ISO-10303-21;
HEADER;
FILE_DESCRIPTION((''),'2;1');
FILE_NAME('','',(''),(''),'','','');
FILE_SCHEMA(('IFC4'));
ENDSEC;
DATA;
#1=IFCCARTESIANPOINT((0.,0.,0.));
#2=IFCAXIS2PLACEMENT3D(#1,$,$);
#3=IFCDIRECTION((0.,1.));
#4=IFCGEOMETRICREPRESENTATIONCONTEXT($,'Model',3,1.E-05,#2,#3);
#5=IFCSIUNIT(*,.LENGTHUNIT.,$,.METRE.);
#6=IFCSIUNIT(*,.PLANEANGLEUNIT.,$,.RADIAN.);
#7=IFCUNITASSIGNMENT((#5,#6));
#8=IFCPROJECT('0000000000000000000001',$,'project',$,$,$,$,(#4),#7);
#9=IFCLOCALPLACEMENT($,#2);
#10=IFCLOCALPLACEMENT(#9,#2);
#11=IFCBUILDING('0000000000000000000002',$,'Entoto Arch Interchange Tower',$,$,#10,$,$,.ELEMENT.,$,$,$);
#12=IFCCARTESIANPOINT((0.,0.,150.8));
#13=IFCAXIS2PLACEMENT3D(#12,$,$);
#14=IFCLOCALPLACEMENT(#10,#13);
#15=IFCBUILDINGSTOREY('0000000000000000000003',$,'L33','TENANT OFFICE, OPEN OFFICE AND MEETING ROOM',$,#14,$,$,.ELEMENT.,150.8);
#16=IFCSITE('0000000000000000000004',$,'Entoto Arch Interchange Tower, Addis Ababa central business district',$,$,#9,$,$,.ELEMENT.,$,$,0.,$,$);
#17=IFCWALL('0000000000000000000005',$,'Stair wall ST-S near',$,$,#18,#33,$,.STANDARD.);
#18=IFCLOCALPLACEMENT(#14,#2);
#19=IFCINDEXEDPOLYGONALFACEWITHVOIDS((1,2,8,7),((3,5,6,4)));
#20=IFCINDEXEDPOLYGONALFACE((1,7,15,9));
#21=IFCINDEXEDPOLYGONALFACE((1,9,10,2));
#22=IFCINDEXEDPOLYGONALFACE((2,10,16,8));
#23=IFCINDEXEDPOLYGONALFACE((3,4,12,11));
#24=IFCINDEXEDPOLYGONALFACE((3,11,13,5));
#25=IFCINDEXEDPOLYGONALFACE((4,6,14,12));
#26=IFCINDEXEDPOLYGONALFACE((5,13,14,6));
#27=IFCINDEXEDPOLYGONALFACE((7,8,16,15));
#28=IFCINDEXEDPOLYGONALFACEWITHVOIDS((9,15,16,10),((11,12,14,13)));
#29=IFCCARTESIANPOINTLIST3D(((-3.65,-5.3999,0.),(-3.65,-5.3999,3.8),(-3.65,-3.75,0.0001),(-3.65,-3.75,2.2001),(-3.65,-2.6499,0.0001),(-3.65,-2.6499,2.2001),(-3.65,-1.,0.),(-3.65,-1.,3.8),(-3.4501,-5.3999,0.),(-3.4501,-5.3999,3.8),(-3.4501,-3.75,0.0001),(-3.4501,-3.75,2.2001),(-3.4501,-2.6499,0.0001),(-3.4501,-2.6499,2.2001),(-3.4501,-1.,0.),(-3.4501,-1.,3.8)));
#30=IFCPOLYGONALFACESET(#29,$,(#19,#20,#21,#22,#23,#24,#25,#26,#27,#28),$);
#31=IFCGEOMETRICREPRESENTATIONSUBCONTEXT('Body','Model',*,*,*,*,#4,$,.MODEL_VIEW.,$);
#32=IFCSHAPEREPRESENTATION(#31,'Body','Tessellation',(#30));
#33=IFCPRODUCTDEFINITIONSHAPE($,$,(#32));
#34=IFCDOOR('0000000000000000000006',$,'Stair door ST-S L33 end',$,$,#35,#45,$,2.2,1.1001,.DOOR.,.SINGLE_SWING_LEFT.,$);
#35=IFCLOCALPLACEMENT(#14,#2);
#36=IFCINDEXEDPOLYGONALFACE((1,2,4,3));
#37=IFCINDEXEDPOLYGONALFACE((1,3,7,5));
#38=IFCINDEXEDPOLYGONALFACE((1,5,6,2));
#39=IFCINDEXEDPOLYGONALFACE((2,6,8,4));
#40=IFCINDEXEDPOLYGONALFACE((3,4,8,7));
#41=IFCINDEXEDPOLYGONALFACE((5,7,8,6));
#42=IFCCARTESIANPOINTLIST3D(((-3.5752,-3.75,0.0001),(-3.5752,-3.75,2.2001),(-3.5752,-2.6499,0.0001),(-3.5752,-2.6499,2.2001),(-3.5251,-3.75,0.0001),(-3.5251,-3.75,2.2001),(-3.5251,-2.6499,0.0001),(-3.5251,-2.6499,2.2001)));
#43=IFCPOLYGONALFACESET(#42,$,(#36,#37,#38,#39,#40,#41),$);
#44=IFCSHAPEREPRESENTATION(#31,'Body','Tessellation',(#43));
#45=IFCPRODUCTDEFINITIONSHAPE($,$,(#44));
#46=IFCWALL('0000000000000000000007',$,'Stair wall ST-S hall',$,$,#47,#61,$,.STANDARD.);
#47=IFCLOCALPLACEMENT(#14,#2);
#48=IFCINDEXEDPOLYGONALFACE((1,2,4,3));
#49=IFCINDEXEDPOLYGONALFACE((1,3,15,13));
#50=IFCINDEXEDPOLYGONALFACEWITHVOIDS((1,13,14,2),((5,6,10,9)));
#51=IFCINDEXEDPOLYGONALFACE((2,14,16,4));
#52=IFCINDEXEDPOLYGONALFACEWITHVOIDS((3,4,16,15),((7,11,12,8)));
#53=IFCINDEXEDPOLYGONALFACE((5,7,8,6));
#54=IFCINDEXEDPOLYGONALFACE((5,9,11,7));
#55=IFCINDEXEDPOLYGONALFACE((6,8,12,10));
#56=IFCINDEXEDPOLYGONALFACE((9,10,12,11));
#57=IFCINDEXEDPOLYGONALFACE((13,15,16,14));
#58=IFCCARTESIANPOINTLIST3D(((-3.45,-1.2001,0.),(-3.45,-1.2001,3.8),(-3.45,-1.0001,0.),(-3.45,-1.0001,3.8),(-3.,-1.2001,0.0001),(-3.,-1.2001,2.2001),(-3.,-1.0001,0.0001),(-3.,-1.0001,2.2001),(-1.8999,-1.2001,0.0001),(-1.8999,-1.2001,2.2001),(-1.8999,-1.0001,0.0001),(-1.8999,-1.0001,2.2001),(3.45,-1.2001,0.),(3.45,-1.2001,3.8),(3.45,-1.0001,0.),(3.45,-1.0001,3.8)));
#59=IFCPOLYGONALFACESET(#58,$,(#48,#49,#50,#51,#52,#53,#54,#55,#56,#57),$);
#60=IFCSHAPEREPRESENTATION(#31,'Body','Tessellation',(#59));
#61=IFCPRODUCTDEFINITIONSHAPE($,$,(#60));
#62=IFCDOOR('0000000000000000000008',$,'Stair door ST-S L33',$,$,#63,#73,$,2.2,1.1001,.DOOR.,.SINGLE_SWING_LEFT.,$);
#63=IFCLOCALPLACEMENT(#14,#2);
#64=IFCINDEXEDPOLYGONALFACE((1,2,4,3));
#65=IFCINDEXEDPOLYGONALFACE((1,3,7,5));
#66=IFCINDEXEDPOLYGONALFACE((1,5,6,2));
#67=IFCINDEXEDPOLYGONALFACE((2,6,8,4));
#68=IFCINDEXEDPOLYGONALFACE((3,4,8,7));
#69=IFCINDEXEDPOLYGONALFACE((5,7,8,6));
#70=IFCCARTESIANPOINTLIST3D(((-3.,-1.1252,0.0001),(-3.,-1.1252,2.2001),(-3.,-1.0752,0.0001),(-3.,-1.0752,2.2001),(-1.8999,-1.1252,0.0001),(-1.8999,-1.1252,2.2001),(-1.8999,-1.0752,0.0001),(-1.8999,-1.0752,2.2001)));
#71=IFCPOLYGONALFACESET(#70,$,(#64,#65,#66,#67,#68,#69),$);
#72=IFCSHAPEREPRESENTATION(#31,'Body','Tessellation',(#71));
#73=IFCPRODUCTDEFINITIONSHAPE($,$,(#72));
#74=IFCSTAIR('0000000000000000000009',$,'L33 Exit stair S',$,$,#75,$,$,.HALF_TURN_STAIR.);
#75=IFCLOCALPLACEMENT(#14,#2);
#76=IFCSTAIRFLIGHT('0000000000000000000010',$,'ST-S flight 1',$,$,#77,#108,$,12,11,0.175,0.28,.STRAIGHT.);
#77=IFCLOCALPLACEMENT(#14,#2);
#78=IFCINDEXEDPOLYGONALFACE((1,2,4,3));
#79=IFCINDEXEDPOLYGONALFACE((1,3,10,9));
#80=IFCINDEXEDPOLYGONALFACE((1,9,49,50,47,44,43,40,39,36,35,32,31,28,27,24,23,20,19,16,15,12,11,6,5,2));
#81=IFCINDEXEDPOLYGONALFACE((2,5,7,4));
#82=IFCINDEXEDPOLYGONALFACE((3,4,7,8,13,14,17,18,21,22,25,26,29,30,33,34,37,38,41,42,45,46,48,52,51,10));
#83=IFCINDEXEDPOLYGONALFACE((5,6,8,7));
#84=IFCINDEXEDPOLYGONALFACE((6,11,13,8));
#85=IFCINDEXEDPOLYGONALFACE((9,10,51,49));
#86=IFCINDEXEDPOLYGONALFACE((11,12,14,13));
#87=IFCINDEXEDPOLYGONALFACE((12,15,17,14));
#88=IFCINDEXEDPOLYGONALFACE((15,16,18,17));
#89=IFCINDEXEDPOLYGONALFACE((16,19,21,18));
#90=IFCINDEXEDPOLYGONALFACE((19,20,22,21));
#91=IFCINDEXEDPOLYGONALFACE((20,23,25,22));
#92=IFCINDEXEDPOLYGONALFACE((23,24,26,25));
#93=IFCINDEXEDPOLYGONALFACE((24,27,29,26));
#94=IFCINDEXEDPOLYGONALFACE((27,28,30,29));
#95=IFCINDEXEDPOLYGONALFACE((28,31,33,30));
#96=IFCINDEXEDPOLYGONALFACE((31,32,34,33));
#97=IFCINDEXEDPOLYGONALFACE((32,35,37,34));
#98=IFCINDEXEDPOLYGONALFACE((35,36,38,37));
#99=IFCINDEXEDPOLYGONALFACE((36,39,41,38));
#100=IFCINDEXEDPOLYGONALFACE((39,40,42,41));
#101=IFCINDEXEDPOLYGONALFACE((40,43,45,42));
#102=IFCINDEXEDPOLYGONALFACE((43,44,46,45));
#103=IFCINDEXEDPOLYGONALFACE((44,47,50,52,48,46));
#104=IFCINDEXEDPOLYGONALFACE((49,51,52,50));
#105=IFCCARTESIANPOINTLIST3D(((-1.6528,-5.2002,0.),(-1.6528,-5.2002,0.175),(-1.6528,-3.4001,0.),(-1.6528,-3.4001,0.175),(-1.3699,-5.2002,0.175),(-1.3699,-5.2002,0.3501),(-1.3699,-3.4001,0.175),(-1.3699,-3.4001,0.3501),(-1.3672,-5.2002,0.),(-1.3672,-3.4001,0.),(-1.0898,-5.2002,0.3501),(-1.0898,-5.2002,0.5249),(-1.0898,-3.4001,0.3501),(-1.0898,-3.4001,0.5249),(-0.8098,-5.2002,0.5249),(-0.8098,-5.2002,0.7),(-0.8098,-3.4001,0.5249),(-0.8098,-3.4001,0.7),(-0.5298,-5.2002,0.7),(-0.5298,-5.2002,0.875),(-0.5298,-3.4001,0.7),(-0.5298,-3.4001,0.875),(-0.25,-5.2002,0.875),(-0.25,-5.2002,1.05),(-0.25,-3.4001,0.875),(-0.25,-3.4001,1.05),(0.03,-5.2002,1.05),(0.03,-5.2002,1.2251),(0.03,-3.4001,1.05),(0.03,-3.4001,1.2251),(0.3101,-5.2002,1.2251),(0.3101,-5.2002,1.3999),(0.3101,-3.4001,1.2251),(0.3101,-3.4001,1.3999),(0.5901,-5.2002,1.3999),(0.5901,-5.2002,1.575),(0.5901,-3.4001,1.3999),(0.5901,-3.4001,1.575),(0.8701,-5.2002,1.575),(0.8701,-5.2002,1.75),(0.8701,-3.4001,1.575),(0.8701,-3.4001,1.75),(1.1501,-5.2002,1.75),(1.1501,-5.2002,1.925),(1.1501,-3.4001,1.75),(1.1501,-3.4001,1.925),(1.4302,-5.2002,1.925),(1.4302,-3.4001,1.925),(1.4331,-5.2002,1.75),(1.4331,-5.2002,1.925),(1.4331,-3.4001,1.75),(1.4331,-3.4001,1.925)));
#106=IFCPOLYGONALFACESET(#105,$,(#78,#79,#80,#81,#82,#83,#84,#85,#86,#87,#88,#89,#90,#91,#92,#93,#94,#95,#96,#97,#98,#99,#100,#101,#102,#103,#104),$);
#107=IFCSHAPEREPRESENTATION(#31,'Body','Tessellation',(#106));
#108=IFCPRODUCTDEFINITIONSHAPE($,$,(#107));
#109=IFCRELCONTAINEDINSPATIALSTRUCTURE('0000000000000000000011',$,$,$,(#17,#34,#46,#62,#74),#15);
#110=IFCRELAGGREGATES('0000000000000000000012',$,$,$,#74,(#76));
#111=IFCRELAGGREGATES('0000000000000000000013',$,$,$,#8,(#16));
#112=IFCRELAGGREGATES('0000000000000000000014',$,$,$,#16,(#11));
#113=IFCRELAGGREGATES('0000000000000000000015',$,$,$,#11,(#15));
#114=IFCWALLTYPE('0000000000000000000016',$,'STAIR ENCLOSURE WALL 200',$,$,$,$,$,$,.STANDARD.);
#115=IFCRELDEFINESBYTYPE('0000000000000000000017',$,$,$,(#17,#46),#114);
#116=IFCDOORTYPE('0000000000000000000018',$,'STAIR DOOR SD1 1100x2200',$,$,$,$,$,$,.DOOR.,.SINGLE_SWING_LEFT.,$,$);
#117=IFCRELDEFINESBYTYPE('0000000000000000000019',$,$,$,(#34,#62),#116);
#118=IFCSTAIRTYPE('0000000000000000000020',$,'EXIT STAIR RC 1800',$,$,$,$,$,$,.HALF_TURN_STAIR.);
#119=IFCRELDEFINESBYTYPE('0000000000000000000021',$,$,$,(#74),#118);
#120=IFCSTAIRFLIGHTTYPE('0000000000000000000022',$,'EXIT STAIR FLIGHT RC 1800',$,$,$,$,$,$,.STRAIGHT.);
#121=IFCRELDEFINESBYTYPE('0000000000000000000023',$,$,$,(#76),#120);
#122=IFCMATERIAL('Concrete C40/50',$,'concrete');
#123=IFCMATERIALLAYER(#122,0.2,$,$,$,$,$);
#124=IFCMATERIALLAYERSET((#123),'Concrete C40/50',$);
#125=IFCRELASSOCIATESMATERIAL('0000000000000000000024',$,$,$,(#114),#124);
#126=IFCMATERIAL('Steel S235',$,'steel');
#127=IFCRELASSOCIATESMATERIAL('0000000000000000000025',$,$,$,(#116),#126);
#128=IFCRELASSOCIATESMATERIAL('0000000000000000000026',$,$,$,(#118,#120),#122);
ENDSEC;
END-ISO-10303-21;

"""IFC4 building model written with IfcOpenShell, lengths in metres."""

from ifc_helpers import new_model, si_unit, direction, frame, frame_2d, origin, place, context, subcontext, project, spatial, polyline, rectangle, outline, extrude, material, layer, layer_set, type_object, element, fill, aggregate, save


model = new_model("IFC4")

# Units and contexts
model_context = context("Model", 3, precision=1e-05, world=origin(), true_north=direction((0.0, 1.0)))
body_context = subcontext(model_context, "Body", "Model", "MODEL_VIEW")
ifc_project = project(units=[si_unit("LENGTHUNIT", "METRE"), si_unit("PLANEANGLEUNIT", "RADIAN")], contexts=[model_context])

# Site, building, storey
site_placement = place(None, origin())
site = spatial("IfcSite", under=ifc_project, at=site_placement, Name="Entoto Arch Interchange Tower, Addis Ababa central business district", CompositionType="ELEMENT", RefElevation=0.0)
building_placement = place(site_placement, origin())
building = spatial("IfcBuilding", under=site, at=building_placement, Name="Entoto Arch Interchange Tower", CompositionType="ELEMENT")
storey_placement = place(building_placement, frame((0.0, 0.0, 150.8)))
storey = spatial("IfcBuildingStorey", under=building, at=storey_placement, Name="L33", Description="TENANT OFFICE, OPEN OFFICE AND MEETING ROOM", CompositionType="ELEMENT", Elevation=150.8)

# Shared definitions
ifc_material_1 = material(Name="Concrete C40/50", Category="concrete")

# Walls, openings, doors
ifc_layer_1 = layer(ifc_material_1, 0.2)
ifc_layer_set_1 = layer_set([ifc_layer_1], Name="Concrete C40/50")
wall_type_1 = type_object("IfcWallType", Name="STAIR ENCLOSURE WALL 200", PredefinedType="STANDARD", material=ifc_layer_set_1)
wall_1_placement = place(storey_placement, frame((-3.55, -1.0, 0.0), z_axis=(0.0, 0.0, 1.0), x_axis=(0.0, -1.0, 0.0)))
wall_1 = element("IfcWall", 1, at=wall_1_placement, inside=storey, type_object=wall_type_1, Name="Stair wall ST-S near", PredefinedType="STANDARD", context=body_context, shape_type="SweptSolid", body=[
    extrude(rectangle(XDim=4.3999, YDim=0.2, at=frame_2d((2.2, 0.0))), origin(), (0.0, 0.0, 1.0), 3.8),
])
opening_1_placement = place(wall_1_placement, frame((1.6499, 0.0, 0.0)))
opening_1 = element("IfcOpeningElement", 2, at=opening_1_placement, cuts=wall_1, PredefinedType="OPENING", context=body_context, shape_type="SweptSolid", body=[
    extrude(rectangle(XDim=1.1001, YDim=2.2, at=frame_2d((0.55, 1.1001))), frame((0.0, 0.1099, 0.0), z_axis=(0.0, -1.0, 0.0), x_axis=(1.0, 0.0, 0.0)), (0.0, 0.0, 1.0), 0.22),
])
ifc_material_2 = material(Name="Steel S235", Category="steel")
door_type_1 = type_object("IfcDoorType", Name="STAIR DOOR SD1 1100x2200", OperationType="SINGLE_SWING_LEFT", PredefinedType="DOOR", material=ifc_material_2)
door_1_placement = place(opening_1_placement, origin())
door_1 = element("IfcDoor", 3, at=door_1_placement, inside=storey, type_object=door_type_1, Name="Stair door ST-S L33 end", OperationType="SINGLE_SWING_LEFT", OverallHeight=2.2, OverallWidth=1.1001, PredefinedType="DOOR", context=body_context, shape_type="SweptSolid", body=[
    extrude(rectangle(XDim=1.1001, YDim=2.2, at=frame_2d((0.55, 1.1001))), frame((0.0, 0.0249, 0.0), z_axis=(0.0, -1.0, 0.0), x_axis=(1.0, 0.0, 0.0)), (0.0, 0.0, 1.0), 0.05),
])
fill(opening_1, door_1)
wall_2_placement = place(storey_placement, frame((-3.45, -1.1001, 0.0), z_axis=(0.0, 0.0, 1.0), x_axis=(1.0, 0.0, 0.0)))
wall_2 = element("IfcWall", 4, at=wall_2_placement, inside=storey, type_object=wall_type_1, Name="Stair wall ST-S hall", PredefinedType="STANDARD", context=body_context, shape_type="SweptSolid", body=[
    extrude(rectangle(XDim=6.8999, YDim=0.2, at=frame_2d((3.45, 0.0))), origin(), (0.0, 0.0, 1.0), 3.8),
])
opening_2_placement = place(wall_2_placement, frame((0.45, 0.0, 0.0)))
opening_2 = element("IfcOpeningElement", 5, at=opening_2_placement, cuts=wall_2, PredefinedType="OPENING", context=body_context, shape_type="SweptSolid", body=[
    extrude(rectangle(XDim=1.1001, YDim=2.2, at=frame_2d((0.55, 1.1001))), frame((0.0, 0.1099, 0.0), z_axis=(0.0, -1.0, 0.0), x_axis=(1.0, 0.0, 0.0)), (0.0, 0.0, 1.0), 0.22),
])
door_2_placement = place(opening_2_placement, origin())
door_2 = element("IfcDoor", 6, at=door_2_placement, inside=storey, type_object=door_type_1, Name="Stair door ST-S L33", OperationType="SINGLE_SWING_LEFT", OverallHeight=2.2, OverallWidth=1.1001, PredefinedType="DOOR", context=body_context, shape_type="SweptSolid", body=[
    extrude(rectangle(XDim=1.1001, YDim=2.2, at=frame_2d((0.55, 1.1001))), frame((0.0, 0.0249, 0.0), z_axis=(0.0, -1.0, 0.0), x_axis=(1.0, 0.0, 0.0)), (0.0, 0.0, 1.0), 0.05),
])
fill(opening_2, door_2)

# Stair, stair flight
stair_type = type_object("IfcStairType", Name="EXIT STAIR RC 1800", PredefinedType="HALF_TURN_STAIR", material=ifc_material_1)
stair_placement = place(storey_placement, origin())
stair = element("IfcStair", 7, at=stair_placement, inside=storey, type_object=stair_type, Name="L33 Exit stair S", PredefinedType="HALF_TURN_STAIR")
stair_flight_type = type_object("IfcStairFlightType", Name="EXIT STAIR FLIGHT RC 1800", PredefinedType="STRAIGHT", material=ifc_material_1)
stair_flight_placement = place(storey_placement, frame((-1.6499, -4.3, 0.0), z_axis=(0.0, 0.0, 1.0), x_axis=(1.0, 0.0, 0.0)))
stair_flight = element("IfcStairFlight", 8, at=stair_flight_placement, type_object=stair_flight_type, Name="ST-S flight 1", NumberOfRisers=12, NumberOfTreads=11, PredefinedType="STRAIGHT", RiserHeight=0.175, TreadLength=0.28, context=body_context, shape_type="SweptSolid", body=[
    extrude(outline(polyline([(-0.0029, 0.0), (-0.0029, 0.175), (0.28, 0.175), (0.28, 0.3501), (0.5601, 0.3501), (0.5601, 0.5249), (0.8401, 0.5249), (0.8401, 0.7), (1.1201, 0.7), (1.1201, 0.875), (1.3999, 0.875), (1.3999, 1.05), (1.6799, 1.05), (1.6799, 1.2251), (1.96, 1.2251), (1.96, 1.3999), (2.24, 1.3999), (2.24, 1.575), (2.52, 1.575), (2.52, 1.75), (2.8, 1.75), (2.8, 1.925), (3.0801, 1.925), (3.083, 1.925), (3.083, 1.75), (0.2827, 0.0), (-0.0029, 0.0)])), frame((0.0, 0.8999, 0.0), z_axis=(0.0, -1.0, 0.0), x_axis=(1.0, 0.0, 0.0)), (0.0, 0.0, 1.0), 1.8),
])
aggregate(stair, [stair_flight])

save(model, "model.ifc")
